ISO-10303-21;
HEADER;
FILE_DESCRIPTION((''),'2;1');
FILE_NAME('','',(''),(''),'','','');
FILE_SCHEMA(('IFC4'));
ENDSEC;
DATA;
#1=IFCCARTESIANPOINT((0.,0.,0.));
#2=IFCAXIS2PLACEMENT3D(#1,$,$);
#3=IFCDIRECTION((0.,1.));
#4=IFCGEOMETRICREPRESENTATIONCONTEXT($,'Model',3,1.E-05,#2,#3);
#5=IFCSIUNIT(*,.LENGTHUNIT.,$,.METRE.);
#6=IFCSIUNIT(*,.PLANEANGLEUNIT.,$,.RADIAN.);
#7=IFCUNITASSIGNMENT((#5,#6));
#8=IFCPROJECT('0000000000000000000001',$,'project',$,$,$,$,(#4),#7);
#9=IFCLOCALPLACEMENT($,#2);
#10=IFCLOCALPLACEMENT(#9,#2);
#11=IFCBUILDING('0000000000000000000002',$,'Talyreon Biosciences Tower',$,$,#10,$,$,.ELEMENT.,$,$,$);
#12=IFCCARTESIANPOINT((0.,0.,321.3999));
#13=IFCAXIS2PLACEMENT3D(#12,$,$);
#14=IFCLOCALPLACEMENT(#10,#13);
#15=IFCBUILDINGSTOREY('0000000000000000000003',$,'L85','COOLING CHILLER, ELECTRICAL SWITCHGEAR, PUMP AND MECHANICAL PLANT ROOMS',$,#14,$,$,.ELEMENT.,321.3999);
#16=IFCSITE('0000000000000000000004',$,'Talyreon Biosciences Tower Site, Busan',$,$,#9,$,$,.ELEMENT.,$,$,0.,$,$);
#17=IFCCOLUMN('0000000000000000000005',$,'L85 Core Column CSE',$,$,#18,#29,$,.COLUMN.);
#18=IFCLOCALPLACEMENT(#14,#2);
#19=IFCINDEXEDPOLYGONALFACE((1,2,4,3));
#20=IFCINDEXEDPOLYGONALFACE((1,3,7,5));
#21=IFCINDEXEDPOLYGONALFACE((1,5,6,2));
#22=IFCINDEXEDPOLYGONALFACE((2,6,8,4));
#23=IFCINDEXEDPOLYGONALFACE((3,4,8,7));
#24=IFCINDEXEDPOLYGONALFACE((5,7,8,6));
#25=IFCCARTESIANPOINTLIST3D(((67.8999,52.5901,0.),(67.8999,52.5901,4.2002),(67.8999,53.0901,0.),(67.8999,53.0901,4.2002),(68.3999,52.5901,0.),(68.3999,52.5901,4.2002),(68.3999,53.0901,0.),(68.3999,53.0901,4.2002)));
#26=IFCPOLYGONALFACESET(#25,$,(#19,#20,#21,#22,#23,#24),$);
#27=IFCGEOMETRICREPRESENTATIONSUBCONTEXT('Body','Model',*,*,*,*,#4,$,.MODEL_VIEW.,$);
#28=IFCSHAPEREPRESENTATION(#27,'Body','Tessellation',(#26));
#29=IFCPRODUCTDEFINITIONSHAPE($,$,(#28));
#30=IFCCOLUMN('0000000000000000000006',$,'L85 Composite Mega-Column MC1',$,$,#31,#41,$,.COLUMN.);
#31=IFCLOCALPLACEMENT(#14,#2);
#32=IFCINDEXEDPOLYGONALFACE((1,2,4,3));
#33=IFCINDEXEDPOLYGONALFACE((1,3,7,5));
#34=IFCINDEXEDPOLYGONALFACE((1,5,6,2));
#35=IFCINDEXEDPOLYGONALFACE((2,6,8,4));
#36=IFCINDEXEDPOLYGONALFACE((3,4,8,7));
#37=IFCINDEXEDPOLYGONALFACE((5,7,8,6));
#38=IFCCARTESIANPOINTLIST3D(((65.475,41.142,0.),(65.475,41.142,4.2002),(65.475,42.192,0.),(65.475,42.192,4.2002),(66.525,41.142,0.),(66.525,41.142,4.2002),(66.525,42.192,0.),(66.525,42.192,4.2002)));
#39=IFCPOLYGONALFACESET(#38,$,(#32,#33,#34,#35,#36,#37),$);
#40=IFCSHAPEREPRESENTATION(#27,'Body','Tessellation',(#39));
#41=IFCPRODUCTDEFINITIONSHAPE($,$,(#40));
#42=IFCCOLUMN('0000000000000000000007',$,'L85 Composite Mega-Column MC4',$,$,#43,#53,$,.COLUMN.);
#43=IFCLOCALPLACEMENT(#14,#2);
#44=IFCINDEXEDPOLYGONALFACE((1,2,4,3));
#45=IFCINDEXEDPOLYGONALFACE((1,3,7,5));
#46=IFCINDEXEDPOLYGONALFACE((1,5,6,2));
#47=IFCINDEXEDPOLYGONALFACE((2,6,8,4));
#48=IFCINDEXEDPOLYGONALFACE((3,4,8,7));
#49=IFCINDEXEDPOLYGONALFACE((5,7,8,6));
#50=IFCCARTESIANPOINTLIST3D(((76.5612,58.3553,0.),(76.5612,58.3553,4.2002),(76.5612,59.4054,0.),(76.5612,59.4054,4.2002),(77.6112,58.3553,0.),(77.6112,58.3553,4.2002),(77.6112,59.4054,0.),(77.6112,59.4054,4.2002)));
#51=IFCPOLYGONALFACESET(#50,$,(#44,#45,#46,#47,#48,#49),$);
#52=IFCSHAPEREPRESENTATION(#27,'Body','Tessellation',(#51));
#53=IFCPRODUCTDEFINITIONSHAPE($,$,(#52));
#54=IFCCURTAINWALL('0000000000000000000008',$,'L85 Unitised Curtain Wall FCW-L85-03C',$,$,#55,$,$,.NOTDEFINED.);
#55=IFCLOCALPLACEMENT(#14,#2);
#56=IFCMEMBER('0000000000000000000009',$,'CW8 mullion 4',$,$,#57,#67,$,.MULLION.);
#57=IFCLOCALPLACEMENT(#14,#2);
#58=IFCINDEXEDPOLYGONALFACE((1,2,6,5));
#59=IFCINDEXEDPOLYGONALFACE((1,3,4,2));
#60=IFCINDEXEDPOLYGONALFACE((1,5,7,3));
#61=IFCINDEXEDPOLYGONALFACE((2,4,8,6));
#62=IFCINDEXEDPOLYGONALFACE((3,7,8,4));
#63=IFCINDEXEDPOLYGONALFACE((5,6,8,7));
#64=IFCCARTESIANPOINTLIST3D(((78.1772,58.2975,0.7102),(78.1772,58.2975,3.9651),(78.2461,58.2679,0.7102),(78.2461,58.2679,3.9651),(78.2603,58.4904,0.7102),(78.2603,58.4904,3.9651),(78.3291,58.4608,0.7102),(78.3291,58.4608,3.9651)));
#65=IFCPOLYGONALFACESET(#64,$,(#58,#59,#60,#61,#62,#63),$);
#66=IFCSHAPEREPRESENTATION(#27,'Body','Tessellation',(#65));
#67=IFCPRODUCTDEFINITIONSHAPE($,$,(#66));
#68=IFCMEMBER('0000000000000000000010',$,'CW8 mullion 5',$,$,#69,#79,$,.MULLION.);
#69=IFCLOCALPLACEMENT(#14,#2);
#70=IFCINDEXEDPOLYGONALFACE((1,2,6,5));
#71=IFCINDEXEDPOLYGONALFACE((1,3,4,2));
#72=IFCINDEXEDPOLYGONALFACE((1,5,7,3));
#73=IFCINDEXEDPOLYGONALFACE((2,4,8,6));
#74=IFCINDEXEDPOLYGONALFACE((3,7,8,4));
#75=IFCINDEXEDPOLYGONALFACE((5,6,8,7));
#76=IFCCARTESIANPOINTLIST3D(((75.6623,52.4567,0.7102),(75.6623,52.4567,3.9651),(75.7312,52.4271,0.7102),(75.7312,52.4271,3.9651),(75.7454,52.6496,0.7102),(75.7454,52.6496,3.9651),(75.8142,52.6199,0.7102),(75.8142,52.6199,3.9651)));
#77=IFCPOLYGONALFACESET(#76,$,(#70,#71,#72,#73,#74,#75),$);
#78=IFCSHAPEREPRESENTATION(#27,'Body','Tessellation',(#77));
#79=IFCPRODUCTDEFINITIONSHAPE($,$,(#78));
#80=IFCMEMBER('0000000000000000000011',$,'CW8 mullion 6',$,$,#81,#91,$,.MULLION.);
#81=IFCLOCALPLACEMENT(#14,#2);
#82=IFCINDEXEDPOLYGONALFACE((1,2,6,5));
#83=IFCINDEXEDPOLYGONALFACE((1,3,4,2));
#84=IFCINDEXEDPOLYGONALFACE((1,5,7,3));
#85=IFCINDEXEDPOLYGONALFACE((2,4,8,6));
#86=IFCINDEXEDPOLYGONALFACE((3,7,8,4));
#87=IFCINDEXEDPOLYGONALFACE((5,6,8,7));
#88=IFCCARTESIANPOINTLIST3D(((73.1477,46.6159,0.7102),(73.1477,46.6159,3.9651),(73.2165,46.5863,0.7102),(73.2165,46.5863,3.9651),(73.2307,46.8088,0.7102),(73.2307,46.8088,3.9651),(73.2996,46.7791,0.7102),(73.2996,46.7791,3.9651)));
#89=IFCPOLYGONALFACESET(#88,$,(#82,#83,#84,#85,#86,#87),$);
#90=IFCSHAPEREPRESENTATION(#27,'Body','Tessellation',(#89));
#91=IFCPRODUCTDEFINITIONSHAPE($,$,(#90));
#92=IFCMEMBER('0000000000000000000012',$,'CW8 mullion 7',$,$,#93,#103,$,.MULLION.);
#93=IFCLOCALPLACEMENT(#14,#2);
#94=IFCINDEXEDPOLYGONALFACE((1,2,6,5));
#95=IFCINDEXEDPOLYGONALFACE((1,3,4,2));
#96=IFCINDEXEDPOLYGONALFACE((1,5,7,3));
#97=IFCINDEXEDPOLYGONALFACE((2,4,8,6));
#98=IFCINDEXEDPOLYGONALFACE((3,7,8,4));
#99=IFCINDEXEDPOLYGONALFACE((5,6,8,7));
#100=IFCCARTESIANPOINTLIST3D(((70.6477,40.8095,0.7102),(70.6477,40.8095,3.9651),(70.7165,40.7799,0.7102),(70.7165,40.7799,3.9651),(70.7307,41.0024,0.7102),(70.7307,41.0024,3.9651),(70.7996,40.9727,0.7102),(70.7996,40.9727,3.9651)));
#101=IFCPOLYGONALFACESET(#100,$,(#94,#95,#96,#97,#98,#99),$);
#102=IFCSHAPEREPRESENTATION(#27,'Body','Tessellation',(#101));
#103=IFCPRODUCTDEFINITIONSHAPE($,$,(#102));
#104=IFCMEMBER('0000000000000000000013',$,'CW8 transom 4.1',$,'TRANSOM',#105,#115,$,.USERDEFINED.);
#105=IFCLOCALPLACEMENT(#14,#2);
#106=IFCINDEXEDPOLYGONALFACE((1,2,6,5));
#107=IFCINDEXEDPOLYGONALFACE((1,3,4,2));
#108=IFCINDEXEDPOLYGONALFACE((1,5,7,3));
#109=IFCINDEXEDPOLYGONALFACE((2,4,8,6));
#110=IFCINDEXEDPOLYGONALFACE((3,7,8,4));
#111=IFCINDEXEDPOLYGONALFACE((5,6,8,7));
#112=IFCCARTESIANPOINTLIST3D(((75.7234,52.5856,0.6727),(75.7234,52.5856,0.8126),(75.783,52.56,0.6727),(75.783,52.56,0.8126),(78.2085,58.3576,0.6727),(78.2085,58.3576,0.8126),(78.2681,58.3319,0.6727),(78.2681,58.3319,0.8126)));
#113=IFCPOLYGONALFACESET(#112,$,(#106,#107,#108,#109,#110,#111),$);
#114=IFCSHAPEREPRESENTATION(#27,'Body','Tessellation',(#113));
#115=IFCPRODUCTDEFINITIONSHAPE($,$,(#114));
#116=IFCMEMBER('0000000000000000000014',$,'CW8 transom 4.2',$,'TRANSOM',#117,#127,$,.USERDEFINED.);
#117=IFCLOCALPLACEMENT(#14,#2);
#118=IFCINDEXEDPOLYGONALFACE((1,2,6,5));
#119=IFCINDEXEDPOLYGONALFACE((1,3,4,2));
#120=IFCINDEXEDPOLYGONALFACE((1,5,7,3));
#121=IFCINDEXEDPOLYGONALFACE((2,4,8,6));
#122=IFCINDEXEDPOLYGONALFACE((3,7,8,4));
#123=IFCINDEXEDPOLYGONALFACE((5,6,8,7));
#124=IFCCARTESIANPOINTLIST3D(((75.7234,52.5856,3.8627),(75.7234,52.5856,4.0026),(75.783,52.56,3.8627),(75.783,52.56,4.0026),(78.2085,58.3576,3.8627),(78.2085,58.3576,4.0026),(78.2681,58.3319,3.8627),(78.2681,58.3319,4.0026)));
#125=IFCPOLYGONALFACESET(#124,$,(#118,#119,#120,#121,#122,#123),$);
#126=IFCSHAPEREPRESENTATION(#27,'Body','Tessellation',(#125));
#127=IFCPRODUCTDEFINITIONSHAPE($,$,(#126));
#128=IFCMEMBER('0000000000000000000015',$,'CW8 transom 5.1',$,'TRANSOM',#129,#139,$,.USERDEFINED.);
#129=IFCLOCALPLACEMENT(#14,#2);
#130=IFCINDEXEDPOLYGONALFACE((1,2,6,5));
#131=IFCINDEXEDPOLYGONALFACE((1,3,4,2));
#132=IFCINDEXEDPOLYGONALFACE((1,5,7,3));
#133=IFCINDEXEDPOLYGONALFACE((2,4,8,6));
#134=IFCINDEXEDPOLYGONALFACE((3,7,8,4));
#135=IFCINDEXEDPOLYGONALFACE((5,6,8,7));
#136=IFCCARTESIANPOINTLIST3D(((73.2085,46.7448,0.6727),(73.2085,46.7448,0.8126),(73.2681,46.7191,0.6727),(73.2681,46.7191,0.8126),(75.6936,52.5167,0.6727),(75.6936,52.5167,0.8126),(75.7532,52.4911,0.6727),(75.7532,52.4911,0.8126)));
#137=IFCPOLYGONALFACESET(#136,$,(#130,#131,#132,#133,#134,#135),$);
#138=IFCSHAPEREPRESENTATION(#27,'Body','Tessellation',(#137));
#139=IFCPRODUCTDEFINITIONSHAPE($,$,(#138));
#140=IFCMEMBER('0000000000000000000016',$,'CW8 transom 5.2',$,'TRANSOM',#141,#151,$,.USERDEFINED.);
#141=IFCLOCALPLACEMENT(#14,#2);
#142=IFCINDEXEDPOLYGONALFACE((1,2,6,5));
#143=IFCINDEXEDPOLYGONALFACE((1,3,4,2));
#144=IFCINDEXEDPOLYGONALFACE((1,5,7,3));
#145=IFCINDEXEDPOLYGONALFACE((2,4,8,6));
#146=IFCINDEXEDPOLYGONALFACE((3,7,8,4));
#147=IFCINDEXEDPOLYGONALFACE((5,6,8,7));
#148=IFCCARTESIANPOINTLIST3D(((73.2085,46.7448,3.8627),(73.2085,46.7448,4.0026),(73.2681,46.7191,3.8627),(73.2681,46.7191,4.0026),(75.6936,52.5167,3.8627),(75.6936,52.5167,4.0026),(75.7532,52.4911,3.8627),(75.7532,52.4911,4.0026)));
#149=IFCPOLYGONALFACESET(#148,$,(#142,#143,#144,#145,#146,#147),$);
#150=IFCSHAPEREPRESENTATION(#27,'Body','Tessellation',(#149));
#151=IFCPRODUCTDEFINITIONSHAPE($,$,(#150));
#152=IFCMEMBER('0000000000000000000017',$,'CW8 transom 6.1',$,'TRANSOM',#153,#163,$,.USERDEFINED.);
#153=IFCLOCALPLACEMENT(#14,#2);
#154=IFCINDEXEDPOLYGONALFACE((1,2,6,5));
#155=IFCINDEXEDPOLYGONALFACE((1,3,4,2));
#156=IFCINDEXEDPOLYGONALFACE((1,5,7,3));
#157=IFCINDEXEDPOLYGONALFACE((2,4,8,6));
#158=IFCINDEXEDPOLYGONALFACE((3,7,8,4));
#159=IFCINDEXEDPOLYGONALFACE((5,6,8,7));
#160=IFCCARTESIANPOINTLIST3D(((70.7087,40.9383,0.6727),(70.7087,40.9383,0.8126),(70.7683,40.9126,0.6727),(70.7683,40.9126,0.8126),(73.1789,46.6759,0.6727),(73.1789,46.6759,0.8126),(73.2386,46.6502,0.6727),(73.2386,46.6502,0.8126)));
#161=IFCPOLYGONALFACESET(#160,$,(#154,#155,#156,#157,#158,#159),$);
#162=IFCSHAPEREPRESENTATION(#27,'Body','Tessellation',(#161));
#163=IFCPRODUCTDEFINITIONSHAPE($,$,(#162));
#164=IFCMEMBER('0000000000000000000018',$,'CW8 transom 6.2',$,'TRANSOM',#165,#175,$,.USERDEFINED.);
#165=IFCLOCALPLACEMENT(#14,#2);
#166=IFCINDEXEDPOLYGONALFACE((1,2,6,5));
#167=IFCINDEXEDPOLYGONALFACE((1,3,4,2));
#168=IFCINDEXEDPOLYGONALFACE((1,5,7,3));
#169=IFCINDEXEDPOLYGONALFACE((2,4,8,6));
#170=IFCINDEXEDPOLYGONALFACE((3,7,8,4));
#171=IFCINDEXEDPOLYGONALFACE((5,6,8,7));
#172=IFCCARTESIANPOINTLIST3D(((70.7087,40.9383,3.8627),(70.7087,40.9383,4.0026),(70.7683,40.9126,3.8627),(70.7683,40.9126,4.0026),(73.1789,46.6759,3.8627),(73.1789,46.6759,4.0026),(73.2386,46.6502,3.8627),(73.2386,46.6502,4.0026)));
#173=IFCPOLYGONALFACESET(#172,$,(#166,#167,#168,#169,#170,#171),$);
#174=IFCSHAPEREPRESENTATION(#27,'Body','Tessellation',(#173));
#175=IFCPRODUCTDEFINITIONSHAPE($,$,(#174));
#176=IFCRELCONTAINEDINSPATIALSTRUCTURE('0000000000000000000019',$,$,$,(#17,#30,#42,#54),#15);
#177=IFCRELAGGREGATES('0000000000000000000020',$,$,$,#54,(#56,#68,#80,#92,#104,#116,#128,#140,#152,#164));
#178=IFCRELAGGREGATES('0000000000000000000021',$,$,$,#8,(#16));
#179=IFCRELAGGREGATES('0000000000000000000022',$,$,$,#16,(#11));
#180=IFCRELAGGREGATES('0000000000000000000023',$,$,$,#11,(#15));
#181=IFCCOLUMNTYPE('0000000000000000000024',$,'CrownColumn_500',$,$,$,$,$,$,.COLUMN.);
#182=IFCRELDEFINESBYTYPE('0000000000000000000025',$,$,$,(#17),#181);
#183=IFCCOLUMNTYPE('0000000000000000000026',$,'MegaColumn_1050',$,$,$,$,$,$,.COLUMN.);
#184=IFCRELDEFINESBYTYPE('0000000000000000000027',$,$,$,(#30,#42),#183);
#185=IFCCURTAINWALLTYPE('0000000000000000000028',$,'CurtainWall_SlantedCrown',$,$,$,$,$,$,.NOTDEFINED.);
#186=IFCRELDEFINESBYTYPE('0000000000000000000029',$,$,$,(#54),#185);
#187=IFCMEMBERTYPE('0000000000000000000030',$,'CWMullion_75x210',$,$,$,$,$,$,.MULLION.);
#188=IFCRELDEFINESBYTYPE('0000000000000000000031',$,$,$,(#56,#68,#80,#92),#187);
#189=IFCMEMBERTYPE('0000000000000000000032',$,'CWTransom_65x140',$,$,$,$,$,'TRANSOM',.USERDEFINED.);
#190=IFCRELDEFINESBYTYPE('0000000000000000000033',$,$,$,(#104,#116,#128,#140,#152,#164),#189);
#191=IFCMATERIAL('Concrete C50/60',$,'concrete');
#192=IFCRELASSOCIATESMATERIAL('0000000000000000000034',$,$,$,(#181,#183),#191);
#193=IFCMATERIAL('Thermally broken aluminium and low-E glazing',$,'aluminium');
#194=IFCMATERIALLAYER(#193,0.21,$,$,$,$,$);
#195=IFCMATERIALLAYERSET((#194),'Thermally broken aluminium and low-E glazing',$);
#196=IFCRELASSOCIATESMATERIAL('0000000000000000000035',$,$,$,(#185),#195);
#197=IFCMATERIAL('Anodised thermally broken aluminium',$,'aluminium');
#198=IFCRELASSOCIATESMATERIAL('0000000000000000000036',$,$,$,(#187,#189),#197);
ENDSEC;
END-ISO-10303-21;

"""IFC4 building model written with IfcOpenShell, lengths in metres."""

from ifc_helpers import new_model, si_unit, direction, frame, origin, origin_2d, place, context, subcontext, project, spatial, rectangle, extrude, material, layer, layer_set, material_profile, profile_set, type_object, element, aggregate, save


model = new_model("IFC4")

# Units and contexts
model_context = context("Model", 3, precision=1e-05, world=origin(), true_north=direction((0.0, 1.0)))
body_context = subcontext(model_context, "Body", "Model", "MODEL_VIEW")
ifc_project = project(units=[si_unit("LENGTHUNIT", "METRE"), si_unit("PLANEANGLEUNIT", "RADIAN")], contexts=[model_context])

# Site, building, storey
site_placement = place(None, origin())
site = spatial("IfcSite", under=ifc_project, at=site_placement, Name="Talyreon Biosciences Tower Site, Busan", CompositionType="ELEMENT", RefElevation=0.0)
building_placement = place(site_placement, origin())
building = spatial("IfcBuilding", under=site, at=building_placement, Name="Talyreon Biosciences Tower", CompositionType="ELEMENT")
storey_placement = place(building_placement, frame((0.0, 0.0, 321.3999)))
storey = spatial("IfcBuildingStorey", under=building, at=storey_placement, Name="L85", Description="COOLING CHILLER, ELECTRICAL SWITCHGEAR, PUMP AND MECHANICAL PLANT ROOMS", CompositionType="ELEMENT", Elevation=321.3999)

# Columns
ifc_material_1 = material(Name="Concrete C50/60", Category="concrete")
ifc_material_profile_1 = material_profile(ifc_material_1, rectangle(XDim=0.5, YDim=0.5, at=origin_2d()), Name="RC 500x500")
ifc_profile_set_1 = profile_set([ifc_material_profile_1], Name="Concrete C50/60")
column_type_1 = type_object("IfcColumnType", Name="CrownColumn_500", PredefinedType="COLUMN", material=ifc_profile_set_1)
column_placement = place(storey_placement, frame((68.1499, 52.8401, 0.0), z_axis=(0.0, 0.0, 1.0), x_axis=(1.0, 0.0, 0.0)))
element("IfcColumn", 1, at=column_placement, inside=storey, type_object=column_type_1, Name="L85 Core Column CSE", PredefinedType="COLUMN", context=body_context, shape_type="SweptSolid", body=[
    extrude(rectangle(XDim=0.5, YDim=0.5, at=origin_2d()), origin(), (0.0, 0.0, 1.0), 4.2002),
])
ifc_material_profile_2 = material_profile(ifc_material_1, rectangle(XDim=1.05, YDim=1.05, at=origin_2d()), Name="RC 1050x1050")
ifc_profile_set_2 = profile_set([ifc_material_profile_2], Name="Concrete C50/60")
column_type_2 = type_object("IfcColumnType", Name="MegaColumn_1050", PredefinedType="COLUMN", material=ifc_profile_set_2)
for number, where, z_axis, x_axis, name in (
    (2, (66.0, 41.667, 0.0), (0.0, 0.0, 1.0), (1.0, 0.0, 0.0), "L85 Composite Mega-Column MC1"),
    (3, (77.0862, 58.8804, 0.0), (0.0, 0.0, 1.0), (1.0, 0.0, 0.0), "L85 Composite Mega-Column MC4"),
):
    element("IfcColumn", number, at=place(storey_placement, frame(where, z_axis=z_axis, x_axis=x_axis)), inside=storey, type_object=column_type_2, Name=name, PredefinedType="COLUMN", context=body_context, shape_type="SweptSolid", body=[
        extrude(rectangle(XDim=1.05, YDim=1.05, at=origin_2d()), origin(), (0.0, 0.0, 1.0), 4.2002),
    ])

# Curtain wall, members
ifc_material_2 = material(Name="Thermally broken aluminium and low-E glazing", Category="aluminium")
ifc_layer_1 = layer(ifc_material_2, 0.21)
ifc_layer_set_1 = layer_set([ifc_layer_1], Name="Thermally broken aluminium and low-E glazing")
curtain_wall_type = type_object("IfcCurtainWallType", Name="CurtainWall_SlantedCrown", PredefinedType="NOTDEFINED", material=ifc_layer_set_1)
curtain_wall_placement = place(storey_placement, origin())
curtain_wall = element("IfcCurtainWall", 4, at=curtain_wall_placement, inside=storey, type_object=curtain_wall_type, Name="L85 Unitised Curtain Wall FCW-L85-03C", PredefinedType="NOTDEFINED")
ifc_material_3 = material(Name="Anodised thermally broken aluminium", Category="aluminium")
ifc_material_profile_3 = material_profile(ifc_material_3, rectangle(XDim=0.075, YDim=0.21, at=origin_2d()), Name="ALUM MULLION 75x210")
ifc_profile_set_3 = profile_set([ifc_material_profile_3], Name="Anodised thermally broken aluminium")
member_type_1 = type_object("IfcMemberType", Name="CWMullion_75x210", PredefinedType="MULLION", material=ifc_profile_set_3)
member_1_placement = place(storey_placement, frame((78.2532, 58.3792, 0.7102), z_axis=(0.0, 0.0, 1.0), x_axis=(0.918487, -0.395451, 0.0)))
member_1 = element("IfcMember", 5, at=member_1_placement, type_object=member_type_1, Name="CW8 mullion 4", PredefinedType="MULLION", context=body_context, shape_type="SweptSolid", body=[
    extrude(rectangle(XDim=0.075, YDim=0.21, at=origin_2d()), origin(), (0.0, 0.0, 1.0), 3.2549),
])
member_2_placement = place(storey_placement, frame((75.7383, 52.5383, 0.7102), z_axis=(0.0, 0.0, 1.0), x_axis=(0.918487, -0.395451, 0.0)))
member_2 = element("IfcMember", 6, at=member_2_placement, type_object=member_type_1, Name="CW8 mullion 5", PredefinedType="MULLION", context=body_context, shape_type="SweptSolid", body=[
    extrude(rectangle(XDim=0.075, YDim=0.21, at=origin_2d()), origin(), (0.0, 0.0, 1.0), 3.2549),
])
member_3_placement = place(storey_placement, frame((73.2236, 46.6975, 0.7102), z_axis=(0.0, 0.0, 1.0), x_axis=(0.918487, -0.395451, 0.0)))
member_3 = element("IfcMember", 7, at=member_3_placement, type_object=member_type_1, Name="CW8 mullion 6", PredefinedType="MULLION", context=body_context, shape_type="SweptSolid", body=[
    extrude(rectangle(XDim=0.075, YDim=0.21, at=origin_2d()), origin(), (0.0, 0.0, 1.0), 3.2549),
])
member_4_placement = place(storey_placement, frame((70.7236, 40.8911, 0.7102), z_axis=(0.0, 0.0, 1.0), x_axis=(0.918487, -0.395451, 0.0)))
member_4 = element("IfcMember", 8, at=member_4_placement, type_object=member_type_1, Name="CW8 mullion 7", PredefinedType="MULLION", context=body_context, shape_type="SweptSolid", body=[
    extrude(rectangle(XDim=0.075, YDim=0.21, at=origin_2d()), origin(), (0.0, 0.0, 1.0), 3.2549),
])
ifc_material_profile_4 = material_profile(ifc_material_3, rectangle(XDim=0.0649, YDim=0.1399, at=origin_2d()), Name="ALUM TRANSOM 65x140")
ifc_profile_set_4 = profile_set([ifc_material_profile_4], Name="Anodised thermally broken aluminium")
member_type_2 = type_object("IfcMemberType", Name="CWTransom_65x140", ElementType="TRANSOM", PredefinedType="USERDEFINED", material=ifc_profile_set_4)
member_5_placement = place(storey_placement, frame((78.2383, 58.3447, 0.7427), z_axis=(-0.395452, -0.918487, 0.0), x_axis=(0.918487, -0.395452, 0.0)))
member_5 = element("IfcMember", 9, at=member_5_placement, type_object=member_type_2, Name="CW8 transom 4.1", ObjectType="TRANSOM", PredefinedType="USERDEFINED", context=body_context, shape_type="SweptSolid", body=[
    extrude(rectangle(XDim=0.0649, YDim=0.1399, at=origin_2d()), origin(), (0.0, 0.0, 1.0), 6.2842),
])
member_6_placement = place(storey_placement, frame((78.2383, 58.3447, 3.9326), z_axis=(-0.395452, -0.918487, 0.0), x_axis=(0.918487, -0.395452, 0.0)))
member_6 = element("IfcMember", 10, at=member_6_placement, type_object=member_type_2, Name="CW8 transom 4.2", ObjectType="TRANSOM", PredefinedType="USERDEFINED", context=body_context, shape_type="SweptSolid", body=[
    extrude(rectangle(XDim=0.0649, YDim=0.1399, at=origin_2d()), origin(), (0.0, 0.0, 1.0), 6.2842),
])
member_7_placement = place(storey_placement, frame((75.7234, 52.5039, 0.7427), z_axis=(-0.395452, -0.918487, 0.0), x_axis=(0.918487, -0.395452, 0.0)))
member_7 = element("IfcMember", 11, at=member_7_placement, type_object=member_type_2, Name="CW8 transom 5.1", ObjectType="TRANSOM", PredefinedType="USERDEFINED", context=body_context, shape_type="SweptSolid", body=[
    extrude(rectangle(XDim=0.0649, YDim=0.1399, at=origin_2d()), origin(), (0.0, 0.0, 1.0), 6.2842),
])
member_8_placement = place(storey_placement, frame((75.7234, 52.5039, 3.9326), z_axis=(-0.395452, -0.918487, 0.0), x_axis=(0.918487, -0.395452, 0.0)))
member_8 = element("IfcMember", 12, at=member_8_placement, type_object=member_type_2, Name="CW8 transom 5.2", ObjectType="TRANSOM", PredefinedType="USERDEFINED", context=body_context, shape_type="SweptSolid", body=[
    extrude(rectangle(XDim=0.0649, YDim=0.1399, at=origin_2d()), origin(), (0.0, 0.0, 1.0), 6.2842),
])
member_9_placement = place(storey_placement, frame((73.2087, 46.6631, 0.7427), z_axis=(-0.395442, -0.918491, 0.0), x_axis=(0.918491, -0.395442, 0.0)))
member_9 = element("IfcMember", 13, at=member_9_placement, type_object=member_type_2, Name="CW8 transom 6.1", ObjectType="TRANSOM", PredefinedType="USERDEFINED", context=body_context, shape_type="SweptSolid", body=[
    extrude(rectangle(XDim=0.0649, YDim=0.1399, at=origin_2d()), origin(), (0.0, 0.0, 1.0), 6.2468),
])
member_10_placement = place(storey_placement, frame((73.2087, 46.6631, 3.9326), z_axis=(-0.395442, -0.918491, 0.0), x_axis=(0.918491, -0.395442, 0.0)))
member_10 = element("IfcMember", 14, at=member_10_placement, type_object=member_type_2, Name="CW8 transom 6.2", ObjectType="TRANSOM", PredefinedType="USERDEFINED", context=body_context, shape_type="SweptSolid", body=[
    extrude(rectangle(XDim=0.0649, YDim=0.1399, at=origin_2d()), origin(), (0.0, 0.0, 1.0), 6.2468),
])

aggregate(curtain_wall, [member_1, member_2, member_3, member_4, member_5, member_6, member_7, member_8, member_9, member_10])

save(model, "model.ifc")
